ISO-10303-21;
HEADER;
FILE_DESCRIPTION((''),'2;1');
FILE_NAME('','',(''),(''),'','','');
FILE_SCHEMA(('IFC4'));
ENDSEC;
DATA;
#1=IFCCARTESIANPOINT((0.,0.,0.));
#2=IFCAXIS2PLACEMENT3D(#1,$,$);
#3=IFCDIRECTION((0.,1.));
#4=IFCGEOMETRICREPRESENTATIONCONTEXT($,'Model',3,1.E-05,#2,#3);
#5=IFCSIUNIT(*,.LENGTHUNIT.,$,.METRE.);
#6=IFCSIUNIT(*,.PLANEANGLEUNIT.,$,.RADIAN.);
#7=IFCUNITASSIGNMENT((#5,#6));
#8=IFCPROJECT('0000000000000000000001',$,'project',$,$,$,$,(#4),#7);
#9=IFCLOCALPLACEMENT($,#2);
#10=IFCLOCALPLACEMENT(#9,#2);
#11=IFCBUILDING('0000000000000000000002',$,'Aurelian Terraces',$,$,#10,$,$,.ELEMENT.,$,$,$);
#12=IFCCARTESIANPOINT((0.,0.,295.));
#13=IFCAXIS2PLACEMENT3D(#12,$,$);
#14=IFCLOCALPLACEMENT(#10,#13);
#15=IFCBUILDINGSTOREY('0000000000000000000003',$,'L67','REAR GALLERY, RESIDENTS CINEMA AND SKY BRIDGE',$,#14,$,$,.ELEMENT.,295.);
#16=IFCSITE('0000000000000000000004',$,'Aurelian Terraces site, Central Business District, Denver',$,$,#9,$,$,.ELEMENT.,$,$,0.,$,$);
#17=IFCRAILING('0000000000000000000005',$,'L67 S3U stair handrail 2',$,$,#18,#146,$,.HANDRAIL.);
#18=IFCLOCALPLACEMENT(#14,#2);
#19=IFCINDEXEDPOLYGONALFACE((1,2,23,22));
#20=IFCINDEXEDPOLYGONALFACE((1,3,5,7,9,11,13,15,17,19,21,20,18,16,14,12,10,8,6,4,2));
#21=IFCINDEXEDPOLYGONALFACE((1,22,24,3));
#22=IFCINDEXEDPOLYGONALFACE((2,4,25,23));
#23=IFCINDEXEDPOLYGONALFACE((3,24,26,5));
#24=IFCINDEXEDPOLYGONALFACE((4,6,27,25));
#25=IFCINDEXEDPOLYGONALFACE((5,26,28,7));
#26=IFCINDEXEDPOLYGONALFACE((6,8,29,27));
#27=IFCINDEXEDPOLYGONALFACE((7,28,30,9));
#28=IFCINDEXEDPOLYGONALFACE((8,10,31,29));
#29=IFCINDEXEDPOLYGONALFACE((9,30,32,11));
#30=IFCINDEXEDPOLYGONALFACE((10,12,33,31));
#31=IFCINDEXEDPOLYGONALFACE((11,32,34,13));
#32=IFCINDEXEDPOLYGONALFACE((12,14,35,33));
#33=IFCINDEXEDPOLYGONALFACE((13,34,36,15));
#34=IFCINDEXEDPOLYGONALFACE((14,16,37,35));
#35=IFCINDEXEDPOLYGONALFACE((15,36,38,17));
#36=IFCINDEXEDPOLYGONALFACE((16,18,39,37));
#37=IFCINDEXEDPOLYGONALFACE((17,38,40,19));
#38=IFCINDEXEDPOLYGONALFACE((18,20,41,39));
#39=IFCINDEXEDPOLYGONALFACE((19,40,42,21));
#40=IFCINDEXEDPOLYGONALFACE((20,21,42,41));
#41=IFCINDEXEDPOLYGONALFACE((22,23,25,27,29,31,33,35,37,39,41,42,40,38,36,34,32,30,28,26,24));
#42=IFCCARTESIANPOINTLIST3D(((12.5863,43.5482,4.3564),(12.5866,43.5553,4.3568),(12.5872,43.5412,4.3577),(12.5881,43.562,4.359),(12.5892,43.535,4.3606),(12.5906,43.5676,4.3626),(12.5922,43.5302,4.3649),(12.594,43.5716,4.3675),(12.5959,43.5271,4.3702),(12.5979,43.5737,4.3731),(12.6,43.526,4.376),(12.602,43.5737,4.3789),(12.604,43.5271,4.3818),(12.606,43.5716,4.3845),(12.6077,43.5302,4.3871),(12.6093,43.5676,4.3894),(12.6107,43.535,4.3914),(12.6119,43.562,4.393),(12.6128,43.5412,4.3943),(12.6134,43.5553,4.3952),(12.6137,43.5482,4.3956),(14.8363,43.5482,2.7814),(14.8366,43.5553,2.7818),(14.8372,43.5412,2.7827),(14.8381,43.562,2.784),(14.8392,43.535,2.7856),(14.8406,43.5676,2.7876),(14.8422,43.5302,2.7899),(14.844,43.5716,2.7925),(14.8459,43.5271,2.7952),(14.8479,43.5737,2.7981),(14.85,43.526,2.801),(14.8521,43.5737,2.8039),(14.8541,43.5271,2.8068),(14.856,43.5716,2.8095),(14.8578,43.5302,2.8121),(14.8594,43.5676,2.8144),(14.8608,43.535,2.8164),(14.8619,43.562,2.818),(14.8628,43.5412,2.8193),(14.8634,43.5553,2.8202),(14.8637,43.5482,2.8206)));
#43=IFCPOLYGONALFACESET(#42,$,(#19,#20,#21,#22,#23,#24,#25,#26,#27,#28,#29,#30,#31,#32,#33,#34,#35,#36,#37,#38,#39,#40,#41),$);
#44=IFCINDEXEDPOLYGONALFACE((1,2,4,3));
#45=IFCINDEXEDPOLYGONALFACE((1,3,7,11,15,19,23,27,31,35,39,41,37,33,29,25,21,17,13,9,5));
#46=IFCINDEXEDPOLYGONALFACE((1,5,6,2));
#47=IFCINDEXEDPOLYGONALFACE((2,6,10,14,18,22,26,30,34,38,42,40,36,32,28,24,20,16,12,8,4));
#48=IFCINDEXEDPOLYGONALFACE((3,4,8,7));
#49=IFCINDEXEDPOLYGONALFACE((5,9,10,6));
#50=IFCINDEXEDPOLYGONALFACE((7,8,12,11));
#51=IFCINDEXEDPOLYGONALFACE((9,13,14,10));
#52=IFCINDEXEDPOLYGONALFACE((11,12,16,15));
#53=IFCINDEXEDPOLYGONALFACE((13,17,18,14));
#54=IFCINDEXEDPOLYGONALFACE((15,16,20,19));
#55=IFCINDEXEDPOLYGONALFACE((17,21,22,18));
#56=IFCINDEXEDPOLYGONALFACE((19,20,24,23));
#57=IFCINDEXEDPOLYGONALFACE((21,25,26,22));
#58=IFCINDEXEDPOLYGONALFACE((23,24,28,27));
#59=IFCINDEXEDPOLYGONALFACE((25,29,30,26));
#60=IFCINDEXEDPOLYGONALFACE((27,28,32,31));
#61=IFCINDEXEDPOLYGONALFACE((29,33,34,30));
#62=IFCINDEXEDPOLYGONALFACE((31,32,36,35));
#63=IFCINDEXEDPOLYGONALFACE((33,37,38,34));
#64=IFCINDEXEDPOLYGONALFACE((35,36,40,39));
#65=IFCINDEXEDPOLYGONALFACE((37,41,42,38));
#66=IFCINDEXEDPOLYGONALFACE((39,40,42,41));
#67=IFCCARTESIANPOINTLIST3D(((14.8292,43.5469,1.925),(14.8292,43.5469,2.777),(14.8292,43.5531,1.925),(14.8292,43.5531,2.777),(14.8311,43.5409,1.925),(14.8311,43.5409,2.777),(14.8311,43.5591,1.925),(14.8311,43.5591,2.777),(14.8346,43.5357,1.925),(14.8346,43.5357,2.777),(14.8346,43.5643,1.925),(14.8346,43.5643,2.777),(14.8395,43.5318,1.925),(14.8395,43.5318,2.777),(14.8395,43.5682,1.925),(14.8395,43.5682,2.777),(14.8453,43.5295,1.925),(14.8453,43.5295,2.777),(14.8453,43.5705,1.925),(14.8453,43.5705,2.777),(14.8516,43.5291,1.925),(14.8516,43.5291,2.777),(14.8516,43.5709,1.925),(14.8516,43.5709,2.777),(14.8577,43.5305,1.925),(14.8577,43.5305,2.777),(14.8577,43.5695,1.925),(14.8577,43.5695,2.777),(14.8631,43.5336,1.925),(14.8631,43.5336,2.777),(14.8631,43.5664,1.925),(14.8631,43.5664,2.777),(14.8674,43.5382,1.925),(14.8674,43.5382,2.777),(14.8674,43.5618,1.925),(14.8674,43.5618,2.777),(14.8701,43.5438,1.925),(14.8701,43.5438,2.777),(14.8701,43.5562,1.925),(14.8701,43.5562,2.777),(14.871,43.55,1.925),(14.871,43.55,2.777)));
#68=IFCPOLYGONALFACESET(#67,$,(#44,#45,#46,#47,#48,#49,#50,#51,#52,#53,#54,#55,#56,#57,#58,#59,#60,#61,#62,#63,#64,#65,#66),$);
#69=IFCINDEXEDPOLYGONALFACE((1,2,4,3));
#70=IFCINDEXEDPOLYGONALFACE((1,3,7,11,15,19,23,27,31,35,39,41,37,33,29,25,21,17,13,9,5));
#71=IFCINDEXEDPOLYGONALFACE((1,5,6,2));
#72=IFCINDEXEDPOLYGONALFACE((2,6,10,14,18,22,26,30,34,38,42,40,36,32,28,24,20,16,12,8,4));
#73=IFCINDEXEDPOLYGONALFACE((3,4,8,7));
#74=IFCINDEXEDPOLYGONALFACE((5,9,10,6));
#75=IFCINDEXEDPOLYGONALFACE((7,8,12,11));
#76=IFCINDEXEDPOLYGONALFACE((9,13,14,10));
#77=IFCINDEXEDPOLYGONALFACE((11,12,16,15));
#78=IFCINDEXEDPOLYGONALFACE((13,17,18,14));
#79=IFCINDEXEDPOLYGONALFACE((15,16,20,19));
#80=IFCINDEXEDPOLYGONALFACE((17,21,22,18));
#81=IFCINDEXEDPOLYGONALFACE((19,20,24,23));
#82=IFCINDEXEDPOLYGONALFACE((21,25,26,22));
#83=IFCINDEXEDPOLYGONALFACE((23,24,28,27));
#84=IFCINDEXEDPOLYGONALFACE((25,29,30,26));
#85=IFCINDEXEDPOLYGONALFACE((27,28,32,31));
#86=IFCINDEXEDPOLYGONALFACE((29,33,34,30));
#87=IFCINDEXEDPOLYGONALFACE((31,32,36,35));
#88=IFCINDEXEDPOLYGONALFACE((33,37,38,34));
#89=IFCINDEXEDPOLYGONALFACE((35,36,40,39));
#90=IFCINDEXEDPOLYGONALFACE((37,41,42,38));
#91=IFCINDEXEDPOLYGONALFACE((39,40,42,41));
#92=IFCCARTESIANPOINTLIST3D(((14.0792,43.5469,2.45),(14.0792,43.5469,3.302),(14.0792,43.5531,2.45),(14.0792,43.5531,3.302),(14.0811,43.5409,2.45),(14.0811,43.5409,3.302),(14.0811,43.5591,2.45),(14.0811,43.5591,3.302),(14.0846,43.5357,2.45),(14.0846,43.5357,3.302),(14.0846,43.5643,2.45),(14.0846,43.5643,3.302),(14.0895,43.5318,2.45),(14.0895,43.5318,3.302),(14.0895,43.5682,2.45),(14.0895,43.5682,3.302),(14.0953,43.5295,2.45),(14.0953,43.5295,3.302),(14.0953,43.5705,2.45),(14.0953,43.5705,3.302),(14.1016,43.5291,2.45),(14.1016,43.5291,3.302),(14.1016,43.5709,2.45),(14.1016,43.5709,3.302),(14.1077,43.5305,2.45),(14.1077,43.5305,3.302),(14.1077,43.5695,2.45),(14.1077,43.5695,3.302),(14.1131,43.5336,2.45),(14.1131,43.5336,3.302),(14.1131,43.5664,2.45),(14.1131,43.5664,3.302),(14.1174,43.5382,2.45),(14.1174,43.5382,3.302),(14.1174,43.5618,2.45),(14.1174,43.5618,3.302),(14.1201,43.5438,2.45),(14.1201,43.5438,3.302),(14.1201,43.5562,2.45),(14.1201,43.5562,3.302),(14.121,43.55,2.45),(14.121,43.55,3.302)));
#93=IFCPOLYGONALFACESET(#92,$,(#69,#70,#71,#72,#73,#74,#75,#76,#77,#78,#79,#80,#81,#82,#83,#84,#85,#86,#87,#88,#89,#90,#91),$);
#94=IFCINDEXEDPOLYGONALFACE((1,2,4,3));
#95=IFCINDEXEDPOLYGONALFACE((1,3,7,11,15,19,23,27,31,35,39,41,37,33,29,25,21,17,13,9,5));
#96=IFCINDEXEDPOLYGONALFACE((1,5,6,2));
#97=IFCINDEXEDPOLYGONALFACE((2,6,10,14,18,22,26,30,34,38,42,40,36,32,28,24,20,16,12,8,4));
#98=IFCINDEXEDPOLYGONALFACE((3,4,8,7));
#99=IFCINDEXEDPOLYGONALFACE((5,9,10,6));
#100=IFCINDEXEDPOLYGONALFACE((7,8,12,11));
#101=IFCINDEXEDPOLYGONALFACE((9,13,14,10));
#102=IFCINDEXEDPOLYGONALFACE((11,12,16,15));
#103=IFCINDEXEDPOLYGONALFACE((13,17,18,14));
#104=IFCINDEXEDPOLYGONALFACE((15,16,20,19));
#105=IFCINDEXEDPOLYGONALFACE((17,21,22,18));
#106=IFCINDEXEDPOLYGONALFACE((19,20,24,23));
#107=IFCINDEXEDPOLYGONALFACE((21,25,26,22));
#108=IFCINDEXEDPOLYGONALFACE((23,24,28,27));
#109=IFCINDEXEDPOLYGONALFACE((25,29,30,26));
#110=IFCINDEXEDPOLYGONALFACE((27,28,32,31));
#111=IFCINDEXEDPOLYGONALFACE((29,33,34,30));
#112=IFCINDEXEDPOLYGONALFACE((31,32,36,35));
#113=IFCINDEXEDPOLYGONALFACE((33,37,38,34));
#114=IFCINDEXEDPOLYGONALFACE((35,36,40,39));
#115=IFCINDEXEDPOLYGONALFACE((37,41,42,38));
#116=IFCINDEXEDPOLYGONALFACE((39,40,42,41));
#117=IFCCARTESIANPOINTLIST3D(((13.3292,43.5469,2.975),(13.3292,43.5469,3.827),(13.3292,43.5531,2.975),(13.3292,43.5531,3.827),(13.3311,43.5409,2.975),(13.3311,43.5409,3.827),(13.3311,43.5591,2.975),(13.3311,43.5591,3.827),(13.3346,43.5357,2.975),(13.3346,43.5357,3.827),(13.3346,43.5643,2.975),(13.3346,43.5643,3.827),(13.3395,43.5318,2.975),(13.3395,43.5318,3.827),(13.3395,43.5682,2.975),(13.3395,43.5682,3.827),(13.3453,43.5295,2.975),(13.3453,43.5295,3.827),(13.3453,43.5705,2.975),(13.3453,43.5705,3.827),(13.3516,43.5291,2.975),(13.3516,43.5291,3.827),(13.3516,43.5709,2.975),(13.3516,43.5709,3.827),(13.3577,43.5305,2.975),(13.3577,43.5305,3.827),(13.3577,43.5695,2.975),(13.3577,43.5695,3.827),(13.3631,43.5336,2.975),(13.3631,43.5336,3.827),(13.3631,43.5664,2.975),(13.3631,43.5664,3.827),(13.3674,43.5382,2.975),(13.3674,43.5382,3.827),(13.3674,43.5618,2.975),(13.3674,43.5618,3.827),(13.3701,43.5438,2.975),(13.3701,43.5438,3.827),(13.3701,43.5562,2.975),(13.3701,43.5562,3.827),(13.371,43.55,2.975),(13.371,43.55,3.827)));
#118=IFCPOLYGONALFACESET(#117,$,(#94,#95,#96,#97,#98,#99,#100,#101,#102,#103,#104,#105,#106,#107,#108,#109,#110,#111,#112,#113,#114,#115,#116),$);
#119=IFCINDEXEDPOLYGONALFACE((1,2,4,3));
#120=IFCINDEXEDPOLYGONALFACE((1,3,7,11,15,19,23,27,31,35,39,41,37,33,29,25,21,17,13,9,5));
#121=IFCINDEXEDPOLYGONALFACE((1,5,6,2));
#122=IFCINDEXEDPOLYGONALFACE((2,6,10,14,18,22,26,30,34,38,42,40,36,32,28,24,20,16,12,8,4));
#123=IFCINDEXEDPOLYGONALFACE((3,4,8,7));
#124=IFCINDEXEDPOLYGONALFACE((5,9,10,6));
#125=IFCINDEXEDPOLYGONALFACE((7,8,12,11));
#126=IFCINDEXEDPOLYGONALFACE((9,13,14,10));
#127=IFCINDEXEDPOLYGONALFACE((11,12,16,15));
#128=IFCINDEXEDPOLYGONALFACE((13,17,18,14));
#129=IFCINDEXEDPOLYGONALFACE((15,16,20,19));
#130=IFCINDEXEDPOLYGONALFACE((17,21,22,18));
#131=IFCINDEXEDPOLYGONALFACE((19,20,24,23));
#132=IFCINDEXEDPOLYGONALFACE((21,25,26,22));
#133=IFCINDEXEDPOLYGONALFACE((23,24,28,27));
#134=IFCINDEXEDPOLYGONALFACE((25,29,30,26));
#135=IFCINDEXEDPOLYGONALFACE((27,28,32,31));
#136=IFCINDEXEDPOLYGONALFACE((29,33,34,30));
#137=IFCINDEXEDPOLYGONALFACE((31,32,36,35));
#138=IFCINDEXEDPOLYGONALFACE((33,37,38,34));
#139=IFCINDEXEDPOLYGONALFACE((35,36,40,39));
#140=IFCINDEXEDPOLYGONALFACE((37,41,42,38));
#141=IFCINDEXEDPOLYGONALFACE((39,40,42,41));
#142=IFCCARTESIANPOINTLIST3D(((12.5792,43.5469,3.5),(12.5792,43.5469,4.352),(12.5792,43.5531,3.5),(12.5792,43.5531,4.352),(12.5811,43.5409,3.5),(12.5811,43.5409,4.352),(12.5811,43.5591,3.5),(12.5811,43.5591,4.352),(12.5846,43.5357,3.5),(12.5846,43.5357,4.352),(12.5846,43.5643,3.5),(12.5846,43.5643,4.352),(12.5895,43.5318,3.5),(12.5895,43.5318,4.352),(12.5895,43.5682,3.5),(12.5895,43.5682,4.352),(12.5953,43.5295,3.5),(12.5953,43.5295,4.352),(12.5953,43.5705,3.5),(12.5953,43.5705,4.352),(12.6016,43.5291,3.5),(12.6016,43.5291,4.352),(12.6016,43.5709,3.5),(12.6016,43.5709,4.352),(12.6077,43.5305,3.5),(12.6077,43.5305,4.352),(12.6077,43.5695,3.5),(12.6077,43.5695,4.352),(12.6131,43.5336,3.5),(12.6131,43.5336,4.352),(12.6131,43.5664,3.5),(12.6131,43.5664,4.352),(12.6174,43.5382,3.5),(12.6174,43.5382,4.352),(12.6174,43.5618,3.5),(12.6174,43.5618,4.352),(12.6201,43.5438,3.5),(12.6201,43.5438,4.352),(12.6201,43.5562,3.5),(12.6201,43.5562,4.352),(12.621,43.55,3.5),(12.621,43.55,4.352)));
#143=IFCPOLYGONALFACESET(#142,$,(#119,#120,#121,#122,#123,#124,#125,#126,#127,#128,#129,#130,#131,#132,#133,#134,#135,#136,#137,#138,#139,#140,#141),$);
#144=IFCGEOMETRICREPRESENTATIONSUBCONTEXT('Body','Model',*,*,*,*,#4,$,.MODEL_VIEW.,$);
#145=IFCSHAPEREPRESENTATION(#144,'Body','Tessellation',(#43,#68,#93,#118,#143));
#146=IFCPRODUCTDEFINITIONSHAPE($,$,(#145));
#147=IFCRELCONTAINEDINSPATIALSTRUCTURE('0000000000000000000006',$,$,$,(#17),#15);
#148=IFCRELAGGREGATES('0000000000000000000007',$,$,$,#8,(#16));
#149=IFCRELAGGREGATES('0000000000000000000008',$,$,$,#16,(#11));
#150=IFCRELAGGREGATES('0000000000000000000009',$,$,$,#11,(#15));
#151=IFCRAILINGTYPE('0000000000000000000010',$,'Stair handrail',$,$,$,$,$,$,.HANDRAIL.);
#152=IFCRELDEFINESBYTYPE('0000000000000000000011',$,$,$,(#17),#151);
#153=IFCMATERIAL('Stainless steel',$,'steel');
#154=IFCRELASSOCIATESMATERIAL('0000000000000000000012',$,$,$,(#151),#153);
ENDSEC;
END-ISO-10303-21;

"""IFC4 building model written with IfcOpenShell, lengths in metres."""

from ifc_helpers import new_model, si_unit, direction, frame, origin, origin_2d, place, context, subcontext, project, spatial, circle, extrude, source, transform, mapped, material, type_object, element, save


model = new_model("IFC4")

# Units and contexts
model_context = context("Model", 3, precision=1e-05, world=origin(), true_north=direction((0.0, 1.0)))
body_context = subcontext(model_context, "Body", "Model", "MODEL_VIEW")
ifc_project = project(units=[si_unit("LENGTHUNIT", "METRE"), si_unit("PLANEANGLEUNIT", "RADIAN")], contexts=[model_context])

# Site, building, storey
site_placement = place(None, origin())
site = spatial("IfcSite", under=ifc_project, at=site_placement, Name="Aurelian Terraces site, Central Business District, Denver", CompositionType="ELEMENT", RefElevation=0.0)
building_placement = place(site_placement, origin())
building = spatial("IfcBuilding", under=site, at=building_placement, Name="Aurelian Terraces", CompositionType="ELEMENT")
storey_placement = place(building_placement, frame((0.0, 0.0, 295.0)))
storey = spatial("IfcBuildingStorey", under=building, at=storey_placement, Name="L67", Description="REAR GALLERY, RESIDENTS CINEMA AND SKY BRIDGE", CompositionType="ELEMENT", Elevation=295.0)

# Railing
ifc_material_1 = material(Name="Stainless steel", Category="steel")
railing_type_1 = type_object("IfcRailingType", Name="Stair handrail", PredefinedType="HANDRAIL", material=ifc_material_1)
shared_shape_1 = source(origin(), body_context, "Body", "SweptSolid", [
    extrude(circle(Radius=0.024, at=origin_2d()), frame((0.0, 0.0, 0.876), z_axis=(-0.819232, 0.0, 0.573462), x_axis=(0.0, -1.0, 0.0)), (0.0, 0.0, 1.0), 2.7465),
    extrude(circle(Radius=0.021, at=origin_2d()), origin(), (0.0, 0.0, 1.0), 0.852),
    extrude(circle(Radius=0.021, at=origin_2d()), frame((-0.75, 0.0, 0.525)), (0.0, 0.0, 1.0), 0.852),
    extrude(circle(Radius=0.021, at=origin_2d()), frame((-1.5, 0.0, 1.05)), (0.0, 0.0, 1.0), 0.852),
    extrude(circle(Radius=0.021, at=origin_2d()), frame((-2.25, 0.0, 1.575)), (0.0, 0.0, 1.0), 0.852),
])
railing_1_placement = place(storey_placement, frame((14.85, 43.55, 1.925)))
element("IfcRailing", 1, at=railing_1_placement, inside=storey, type_object=railing_type_1, Name="L67 S3U stair handrail 2", PredefinedType="HANDRAIL", context=body_context, shape_type="MappedRepresentation", body=[
    mapped(shared_shape_1, transform((0.0, 0.0, 0.0), scale=1.0)),
])

save(model, "model.ifc")
